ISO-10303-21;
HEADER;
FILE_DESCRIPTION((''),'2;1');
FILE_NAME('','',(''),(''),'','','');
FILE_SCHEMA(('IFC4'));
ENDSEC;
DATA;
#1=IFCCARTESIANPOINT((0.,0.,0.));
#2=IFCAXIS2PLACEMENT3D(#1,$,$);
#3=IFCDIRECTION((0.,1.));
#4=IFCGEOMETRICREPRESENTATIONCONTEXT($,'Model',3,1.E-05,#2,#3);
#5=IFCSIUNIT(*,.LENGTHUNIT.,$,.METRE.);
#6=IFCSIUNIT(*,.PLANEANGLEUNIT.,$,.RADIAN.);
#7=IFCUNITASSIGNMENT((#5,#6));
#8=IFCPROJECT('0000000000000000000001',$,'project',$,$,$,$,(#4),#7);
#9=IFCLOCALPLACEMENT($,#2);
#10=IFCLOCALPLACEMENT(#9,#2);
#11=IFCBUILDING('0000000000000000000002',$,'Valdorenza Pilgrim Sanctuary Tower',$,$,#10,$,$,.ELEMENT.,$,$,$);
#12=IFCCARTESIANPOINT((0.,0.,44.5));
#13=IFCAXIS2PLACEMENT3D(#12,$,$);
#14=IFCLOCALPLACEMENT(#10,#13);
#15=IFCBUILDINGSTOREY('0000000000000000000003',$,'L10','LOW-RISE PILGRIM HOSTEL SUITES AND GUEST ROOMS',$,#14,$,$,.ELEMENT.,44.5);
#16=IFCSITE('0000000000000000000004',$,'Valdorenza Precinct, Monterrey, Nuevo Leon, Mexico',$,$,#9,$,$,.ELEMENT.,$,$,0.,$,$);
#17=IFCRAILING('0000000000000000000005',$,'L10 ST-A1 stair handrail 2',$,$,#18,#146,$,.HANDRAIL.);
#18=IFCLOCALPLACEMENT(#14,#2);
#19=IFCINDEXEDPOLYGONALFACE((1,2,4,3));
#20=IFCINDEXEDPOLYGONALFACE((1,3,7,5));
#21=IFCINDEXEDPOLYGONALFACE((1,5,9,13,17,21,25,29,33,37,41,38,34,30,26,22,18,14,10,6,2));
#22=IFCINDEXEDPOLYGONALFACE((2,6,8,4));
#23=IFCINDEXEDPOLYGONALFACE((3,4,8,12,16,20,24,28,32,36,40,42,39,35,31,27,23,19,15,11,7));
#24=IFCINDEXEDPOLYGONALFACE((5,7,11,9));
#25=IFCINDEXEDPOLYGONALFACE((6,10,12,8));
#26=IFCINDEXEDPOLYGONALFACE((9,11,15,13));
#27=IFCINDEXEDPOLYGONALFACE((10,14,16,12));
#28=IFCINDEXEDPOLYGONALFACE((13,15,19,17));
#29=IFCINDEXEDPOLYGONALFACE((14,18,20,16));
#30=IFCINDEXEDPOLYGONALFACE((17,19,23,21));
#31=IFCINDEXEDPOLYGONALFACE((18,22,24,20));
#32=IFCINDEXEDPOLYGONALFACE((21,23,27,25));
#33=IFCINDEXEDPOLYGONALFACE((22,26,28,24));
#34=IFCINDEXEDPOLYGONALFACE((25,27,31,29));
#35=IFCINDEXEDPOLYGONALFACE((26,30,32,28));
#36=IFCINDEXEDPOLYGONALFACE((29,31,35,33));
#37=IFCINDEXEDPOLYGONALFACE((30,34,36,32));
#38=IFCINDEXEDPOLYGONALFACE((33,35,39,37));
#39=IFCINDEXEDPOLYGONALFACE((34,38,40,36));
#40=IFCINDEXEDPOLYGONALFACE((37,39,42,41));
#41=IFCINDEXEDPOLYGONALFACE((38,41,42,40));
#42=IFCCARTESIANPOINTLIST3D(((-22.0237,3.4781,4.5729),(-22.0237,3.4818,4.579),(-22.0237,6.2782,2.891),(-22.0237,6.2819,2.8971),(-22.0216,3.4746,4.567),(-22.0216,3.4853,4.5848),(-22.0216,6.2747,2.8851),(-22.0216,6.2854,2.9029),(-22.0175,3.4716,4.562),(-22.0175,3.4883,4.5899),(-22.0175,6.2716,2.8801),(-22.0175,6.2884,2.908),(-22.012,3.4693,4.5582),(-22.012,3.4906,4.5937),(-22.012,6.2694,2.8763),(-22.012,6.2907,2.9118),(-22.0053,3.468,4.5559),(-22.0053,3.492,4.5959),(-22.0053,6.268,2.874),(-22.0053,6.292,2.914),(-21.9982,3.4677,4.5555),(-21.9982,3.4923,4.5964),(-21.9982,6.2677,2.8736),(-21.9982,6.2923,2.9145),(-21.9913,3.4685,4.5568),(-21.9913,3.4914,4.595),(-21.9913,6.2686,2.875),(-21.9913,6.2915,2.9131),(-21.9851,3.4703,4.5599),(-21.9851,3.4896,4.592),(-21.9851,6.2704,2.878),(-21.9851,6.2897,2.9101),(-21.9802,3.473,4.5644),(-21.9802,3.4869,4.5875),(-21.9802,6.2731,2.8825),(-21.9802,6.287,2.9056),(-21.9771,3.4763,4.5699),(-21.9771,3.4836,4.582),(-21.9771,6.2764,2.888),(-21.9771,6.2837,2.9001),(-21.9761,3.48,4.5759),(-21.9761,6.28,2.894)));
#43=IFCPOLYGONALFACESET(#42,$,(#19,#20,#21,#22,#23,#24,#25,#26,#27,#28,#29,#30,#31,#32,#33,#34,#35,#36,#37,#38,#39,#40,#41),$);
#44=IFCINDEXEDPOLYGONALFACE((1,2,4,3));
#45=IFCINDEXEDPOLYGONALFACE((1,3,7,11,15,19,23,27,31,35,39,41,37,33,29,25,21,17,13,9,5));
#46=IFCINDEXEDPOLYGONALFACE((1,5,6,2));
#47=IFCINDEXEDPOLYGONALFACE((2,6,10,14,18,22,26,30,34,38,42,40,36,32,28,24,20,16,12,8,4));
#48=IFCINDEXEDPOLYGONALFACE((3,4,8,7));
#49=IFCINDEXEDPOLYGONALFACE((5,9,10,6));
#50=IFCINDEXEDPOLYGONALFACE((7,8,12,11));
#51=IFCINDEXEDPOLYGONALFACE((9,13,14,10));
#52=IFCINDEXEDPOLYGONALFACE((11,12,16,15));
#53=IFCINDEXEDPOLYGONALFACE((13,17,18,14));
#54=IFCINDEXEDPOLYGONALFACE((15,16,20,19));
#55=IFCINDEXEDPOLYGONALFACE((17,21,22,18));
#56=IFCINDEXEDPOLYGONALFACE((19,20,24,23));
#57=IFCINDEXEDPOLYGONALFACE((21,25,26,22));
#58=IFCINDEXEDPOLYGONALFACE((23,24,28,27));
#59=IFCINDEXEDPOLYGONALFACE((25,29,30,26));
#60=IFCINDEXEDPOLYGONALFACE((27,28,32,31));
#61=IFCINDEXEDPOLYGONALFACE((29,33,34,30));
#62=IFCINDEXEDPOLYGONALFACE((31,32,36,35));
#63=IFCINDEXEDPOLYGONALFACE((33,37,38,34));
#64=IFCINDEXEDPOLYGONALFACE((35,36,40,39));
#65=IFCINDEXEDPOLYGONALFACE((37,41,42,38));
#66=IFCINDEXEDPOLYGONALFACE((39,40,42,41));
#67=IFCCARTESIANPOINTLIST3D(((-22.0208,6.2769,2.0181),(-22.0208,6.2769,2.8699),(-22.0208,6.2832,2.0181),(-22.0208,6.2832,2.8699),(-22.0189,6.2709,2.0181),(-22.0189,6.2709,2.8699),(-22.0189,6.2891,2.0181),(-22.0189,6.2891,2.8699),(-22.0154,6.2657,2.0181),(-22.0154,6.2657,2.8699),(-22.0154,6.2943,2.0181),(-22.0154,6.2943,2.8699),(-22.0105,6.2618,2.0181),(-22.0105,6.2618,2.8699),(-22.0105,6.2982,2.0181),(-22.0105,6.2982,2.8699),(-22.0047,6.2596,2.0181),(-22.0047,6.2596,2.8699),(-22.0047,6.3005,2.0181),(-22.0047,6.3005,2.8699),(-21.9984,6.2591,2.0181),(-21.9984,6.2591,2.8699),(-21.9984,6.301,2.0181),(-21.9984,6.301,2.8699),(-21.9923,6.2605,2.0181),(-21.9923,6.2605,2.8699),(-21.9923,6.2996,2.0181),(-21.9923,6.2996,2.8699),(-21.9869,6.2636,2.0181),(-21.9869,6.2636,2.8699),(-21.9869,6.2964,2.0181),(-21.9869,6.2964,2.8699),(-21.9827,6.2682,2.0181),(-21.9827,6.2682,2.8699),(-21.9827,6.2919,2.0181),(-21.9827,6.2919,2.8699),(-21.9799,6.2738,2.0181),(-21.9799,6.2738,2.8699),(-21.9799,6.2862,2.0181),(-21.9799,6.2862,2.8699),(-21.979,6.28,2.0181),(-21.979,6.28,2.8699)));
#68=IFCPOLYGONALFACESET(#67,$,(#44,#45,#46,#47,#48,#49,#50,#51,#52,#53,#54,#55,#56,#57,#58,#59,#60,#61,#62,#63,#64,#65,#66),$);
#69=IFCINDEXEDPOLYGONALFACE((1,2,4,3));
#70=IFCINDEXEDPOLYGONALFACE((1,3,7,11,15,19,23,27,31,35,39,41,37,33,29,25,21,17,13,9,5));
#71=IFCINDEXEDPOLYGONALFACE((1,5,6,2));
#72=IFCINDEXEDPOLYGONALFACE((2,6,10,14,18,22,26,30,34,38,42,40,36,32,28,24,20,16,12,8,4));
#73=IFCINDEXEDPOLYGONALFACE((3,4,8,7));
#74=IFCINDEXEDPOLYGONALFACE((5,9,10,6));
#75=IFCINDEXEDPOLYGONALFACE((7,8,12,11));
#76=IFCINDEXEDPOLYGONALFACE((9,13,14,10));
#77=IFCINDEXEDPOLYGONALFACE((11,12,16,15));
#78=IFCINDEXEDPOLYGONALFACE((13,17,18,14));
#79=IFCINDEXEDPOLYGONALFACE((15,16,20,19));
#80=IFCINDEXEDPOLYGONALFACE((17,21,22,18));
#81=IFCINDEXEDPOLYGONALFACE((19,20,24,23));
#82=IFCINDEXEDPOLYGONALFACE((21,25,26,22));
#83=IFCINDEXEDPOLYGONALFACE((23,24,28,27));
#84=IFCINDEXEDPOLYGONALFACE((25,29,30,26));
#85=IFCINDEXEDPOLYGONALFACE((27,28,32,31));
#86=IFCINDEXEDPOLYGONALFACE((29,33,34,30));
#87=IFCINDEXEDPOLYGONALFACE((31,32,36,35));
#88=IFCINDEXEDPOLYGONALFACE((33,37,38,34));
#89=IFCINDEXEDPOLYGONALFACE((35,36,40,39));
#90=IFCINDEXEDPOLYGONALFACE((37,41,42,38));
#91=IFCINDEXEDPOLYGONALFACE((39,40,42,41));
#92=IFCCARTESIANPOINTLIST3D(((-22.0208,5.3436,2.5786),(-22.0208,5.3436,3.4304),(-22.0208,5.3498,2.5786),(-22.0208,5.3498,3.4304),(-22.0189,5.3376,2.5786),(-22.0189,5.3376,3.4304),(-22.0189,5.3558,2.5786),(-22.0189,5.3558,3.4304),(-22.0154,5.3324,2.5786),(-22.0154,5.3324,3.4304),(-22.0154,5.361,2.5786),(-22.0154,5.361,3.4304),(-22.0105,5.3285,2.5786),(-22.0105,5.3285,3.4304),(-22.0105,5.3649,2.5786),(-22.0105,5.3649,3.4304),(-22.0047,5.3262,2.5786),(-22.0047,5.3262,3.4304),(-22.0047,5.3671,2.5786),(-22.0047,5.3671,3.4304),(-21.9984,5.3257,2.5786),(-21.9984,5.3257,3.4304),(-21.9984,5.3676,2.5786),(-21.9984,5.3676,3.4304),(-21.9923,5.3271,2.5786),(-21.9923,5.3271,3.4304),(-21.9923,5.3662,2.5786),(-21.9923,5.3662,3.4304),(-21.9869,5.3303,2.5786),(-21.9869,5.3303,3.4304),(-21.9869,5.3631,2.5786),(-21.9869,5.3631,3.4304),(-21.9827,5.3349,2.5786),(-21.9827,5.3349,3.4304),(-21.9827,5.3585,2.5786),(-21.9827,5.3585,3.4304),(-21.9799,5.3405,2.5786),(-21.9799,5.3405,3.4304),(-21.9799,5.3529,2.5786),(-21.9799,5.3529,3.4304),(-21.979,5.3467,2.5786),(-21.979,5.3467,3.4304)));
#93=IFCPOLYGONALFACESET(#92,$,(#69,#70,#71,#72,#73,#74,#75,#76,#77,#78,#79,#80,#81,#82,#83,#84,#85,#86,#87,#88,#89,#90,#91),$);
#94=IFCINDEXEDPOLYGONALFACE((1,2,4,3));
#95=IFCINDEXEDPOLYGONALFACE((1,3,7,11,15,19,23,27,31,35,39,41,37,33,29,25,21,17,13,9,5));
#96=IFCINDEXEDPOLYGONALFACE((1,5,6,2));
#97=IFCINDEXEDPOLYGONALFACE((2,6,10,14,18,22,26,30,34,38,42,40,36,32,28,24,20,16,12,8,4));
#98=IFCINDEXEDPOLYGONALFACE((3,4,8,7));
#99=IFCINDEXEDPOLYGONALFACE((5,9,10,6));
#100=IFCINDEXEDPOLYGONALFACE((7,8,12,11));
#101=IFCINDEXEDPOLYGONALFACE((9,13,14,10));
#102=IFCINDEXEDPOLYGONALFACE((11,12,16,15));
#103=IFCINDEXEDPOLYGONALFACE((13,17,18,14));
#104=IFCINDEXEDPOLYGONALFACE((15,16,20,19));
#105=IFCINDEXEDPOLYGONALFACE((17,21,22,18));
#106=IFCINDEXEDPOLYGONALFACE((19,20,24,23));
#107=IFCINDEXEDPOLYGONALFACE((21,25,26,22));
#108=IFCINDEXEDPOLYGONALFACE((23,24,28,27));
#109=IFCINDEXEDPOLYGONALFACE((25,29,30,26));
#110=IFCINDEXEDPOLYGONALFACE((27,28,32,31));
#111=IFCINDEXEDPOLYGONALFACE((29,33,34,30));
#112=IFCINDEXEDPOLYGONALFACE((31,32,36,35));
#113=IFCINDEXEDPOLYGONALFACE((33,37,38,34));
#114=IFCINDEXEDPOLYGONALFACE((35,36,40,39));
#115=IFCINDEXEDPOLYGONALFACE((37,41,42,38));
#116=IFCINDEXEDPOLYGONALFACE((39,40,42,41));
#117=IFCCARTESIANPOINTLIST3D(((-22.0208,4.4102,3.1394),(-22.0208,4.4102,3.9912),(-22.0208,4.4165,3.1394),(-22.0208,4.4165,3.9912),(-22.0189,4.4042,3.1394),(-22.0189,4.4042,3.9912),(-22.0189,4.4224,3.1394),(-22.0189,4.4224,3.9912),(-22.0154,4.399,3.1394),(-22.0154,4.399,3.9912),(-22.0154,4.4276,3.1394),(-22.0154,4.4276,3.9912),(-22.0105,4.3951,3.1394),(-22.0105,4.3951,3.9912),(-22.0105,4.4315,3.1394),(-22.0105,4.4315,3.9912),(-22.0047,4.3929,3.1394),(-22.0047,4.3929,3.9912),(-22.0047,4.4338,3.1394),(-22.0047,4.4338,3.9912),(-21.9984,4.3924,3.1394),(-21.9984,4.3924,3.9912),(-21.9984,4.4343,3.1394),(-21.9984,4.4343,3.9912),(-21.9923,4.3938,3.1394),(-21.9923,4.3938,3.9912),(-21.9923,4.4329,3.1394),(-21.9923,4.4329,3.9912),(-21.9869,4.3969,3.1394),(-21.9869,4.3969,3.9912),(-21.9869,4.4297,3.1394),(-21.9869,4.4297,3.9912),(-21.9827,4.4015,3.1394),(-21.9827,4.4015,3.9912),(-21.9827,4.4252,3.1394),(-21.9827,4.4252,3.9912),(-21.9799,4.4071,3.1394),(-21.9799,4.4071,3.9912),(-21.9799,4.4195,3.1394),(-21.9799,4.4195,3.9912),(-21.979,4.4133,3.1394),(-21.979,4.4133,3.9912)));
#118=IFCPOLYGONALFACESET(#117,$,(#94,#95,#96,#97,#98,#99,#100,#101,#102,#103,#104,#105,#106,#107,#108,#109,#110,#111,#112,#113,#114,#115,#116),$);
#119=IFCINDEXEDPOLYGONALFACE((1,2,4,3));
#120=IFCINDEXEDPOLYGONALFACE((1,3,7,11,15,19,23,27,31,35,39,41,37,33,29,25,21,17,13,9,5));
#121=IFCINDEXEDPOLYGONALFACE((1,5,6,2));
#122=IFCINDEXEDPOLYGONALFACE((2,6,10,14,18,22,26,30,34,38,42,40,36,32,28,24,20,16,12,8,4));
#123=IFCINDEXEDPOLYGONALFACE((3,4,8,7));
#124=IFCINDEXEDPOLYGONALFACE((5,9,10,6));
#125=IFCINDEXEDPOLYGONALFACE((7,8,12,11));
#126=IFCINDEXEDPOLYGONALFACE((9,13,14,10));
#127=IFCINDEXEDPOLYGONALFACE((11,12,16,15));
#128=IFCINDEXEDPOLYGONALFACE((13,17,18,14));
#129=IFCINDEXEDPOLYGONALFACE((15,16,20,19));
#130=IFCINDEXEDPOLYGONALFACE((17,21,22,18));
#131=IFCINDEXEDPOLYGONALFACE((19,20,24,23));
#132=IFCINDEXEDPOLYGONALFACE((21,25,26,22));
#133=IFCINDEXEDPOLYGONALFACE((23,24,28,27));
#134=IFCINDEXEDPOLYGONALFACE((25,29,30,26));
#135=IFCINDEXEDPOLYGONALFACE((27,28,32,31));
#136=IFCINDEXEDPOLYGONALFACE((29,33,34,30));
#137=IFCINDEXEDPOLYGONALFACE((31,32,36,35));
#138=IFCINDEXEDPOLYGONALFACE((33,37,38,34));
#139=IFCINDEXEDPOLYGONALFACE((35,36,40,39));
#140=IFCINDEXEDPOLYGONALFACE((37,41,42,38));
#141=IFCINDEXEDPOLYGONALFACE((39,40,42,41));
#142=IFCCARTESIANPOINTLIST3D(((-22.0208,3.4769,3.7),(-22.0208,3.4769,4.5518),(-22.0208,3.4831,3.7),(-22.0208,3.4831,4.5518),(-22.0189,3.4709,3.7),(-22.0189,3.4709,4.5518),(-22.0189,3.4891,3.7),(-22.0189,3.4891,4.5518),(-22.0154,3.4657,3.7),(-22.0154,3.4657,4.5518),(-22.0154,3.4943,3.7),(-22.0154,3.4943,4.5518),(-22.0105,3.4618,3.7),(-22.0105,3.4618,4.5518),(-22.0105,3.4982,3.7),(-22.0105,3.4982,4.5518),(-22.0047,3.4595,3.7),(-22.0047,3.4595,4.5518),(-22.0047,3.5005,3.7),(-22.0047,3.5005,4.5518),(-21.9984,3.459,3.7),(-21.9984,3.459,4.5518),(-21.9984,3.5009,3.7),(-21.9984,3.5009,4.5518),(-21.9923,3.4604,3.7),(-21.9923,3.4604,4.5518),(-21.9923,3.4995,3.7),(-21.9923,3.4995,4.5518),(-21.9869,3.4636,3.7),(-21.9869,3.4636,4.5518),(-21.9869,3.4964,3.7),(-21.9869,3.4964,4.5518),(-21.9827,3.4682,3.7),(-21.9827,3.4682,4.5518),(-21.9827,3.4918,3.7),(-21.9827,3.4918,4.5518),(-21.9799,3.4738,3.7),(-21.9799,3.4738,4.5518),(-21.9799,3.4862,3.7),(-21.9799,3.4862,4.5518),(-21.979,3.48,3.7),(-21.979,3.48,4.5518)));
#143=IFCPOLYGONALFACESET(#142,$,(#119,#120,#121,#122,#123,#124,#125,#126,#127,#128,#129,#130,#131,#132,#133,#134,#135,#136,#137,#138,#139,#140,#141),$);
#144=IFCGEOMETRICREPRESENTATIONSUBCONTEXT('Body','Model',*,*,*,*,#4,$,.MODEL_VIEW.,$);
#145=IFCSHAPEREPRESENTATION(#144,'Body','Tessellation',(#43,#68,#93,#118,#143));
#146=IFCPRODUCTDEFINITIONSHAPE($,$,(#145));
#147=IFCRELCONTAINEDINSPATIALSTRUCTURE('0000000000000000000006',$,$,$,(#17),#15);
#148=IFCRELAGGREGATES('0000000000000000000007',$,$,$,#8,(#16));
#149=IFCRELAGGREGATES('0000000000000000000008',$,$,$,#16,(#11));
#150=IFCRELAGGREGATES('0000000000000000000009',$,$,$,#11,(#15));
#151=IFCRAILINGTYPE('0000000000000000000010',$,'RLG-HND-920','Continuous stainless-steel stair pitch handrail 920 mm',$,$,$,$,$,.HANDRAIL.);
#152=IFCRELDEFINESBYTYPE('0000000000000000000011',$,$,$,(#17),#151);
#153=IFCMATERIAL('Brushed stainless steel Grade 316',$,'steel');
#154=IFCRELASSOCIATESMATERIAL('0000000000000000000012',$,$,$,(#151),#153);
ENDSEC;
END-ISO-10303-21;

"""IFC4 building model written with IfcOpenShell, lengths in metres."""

from ifc_helpers import new_model, si_unit, direction, frame, origin, origin_2d, place, context, subcontext, project, spatial, circle, extrude, material, type_object, element, save


model = new_model("IFC4")

# Units and contexts
model_context = context("Model", 3, precision=1e-05, world=origin(), true_north=direction((0.0, 1.0)))
body_context = subcontext(model_context, "Body", "Model", "MODEL_VIEW")
ifc_project = project(units=[si_unit("LENGTHUNIT", "METRE"), si_unit("PLANEANGLEUNIT", "RADIAN")], contexts=[model_context])

# Site, building, storey
site_placement = place(None, origin())
site = spatial("IfcSite", under=ifc_project, at=site_placement, Name="Valdorenza Precinct, Monterrey, Nuevo Leon, Mexico", CompositionType="ELEMENT", RefElevation=0.0)
building_placement = place(site_placement, origin())
building = spatial("IfcBuilding", under=site, at=building_placement, Name="Valdorenza Pilgrim Sanctuary Tower", CompositionType="ELEMENT")
storey_placement = place(building_placement, frame((0.0, 0.0, 44.5)))
storey = spatial("IfcBuildingStorey", under=building, at=storey_placement, Name="L10", Description="LOW-RISE PILGRIM HOSTEL SUITES AND GUEST ROOMS", CompositionType="ELEMENT", Elevation=44.5)

# Shared definitions
ifc_material_1 = material(Name="Brushed stainless steel Grade 316", Category="steel")

# Railing
railing_type_1 = type_object("IfcRailingType", Name="RLG-HND-920", Description="Continuous stainless-steel stair pitch handrail 920 mm", PredefinedType="HANDRAIL", material=ifc_material_1)
railing_1_placement = place(storey_placement, frame((-22.0, 6.28, 2.0181)))
element("IfcRailing", 1, at=railing_1_placement, inside=storey, type_object=railing_type_1, Name="L10 ST-A1 stair handrail 2", PredefinedType="HANDRAIL", context=body_context, shape_type="SweptSolid", body=[
    extrude(circle(Radius=0.0239, at=origin_2d()), frame((0.0, 0.0, 0.876), z_axis=(0.0, -0.857242, 0.514913), x_axis=(1.0, 0.0, 0.0)), (0.0, 0.0, 1.0), 3.2664),
    extrude(circle(Radius=0.021, at=origin_2d()), origin(), (0.0, 0.0, 1.0), 0.8518),
    extrude(circle(Radius=0.021, at=origin_2d()), frame((0.0, -0.9333, 0.5605)), (0.0, 0.0, 1.0), 0.8518),
    extrude(circle(Radius=0.021, at=origin_2d()), frame((0.0, -1.8667, 1.1213)), (0.0, 0.0, 1.0), 0.8518),
    extrude(circle(Radius=0.021, at=origin_2d()), frame((0.0, -2.8, 1.6819)), (0.0, 0.0, 1.0), 0.8518),
])

save(model, "model.ifc")
